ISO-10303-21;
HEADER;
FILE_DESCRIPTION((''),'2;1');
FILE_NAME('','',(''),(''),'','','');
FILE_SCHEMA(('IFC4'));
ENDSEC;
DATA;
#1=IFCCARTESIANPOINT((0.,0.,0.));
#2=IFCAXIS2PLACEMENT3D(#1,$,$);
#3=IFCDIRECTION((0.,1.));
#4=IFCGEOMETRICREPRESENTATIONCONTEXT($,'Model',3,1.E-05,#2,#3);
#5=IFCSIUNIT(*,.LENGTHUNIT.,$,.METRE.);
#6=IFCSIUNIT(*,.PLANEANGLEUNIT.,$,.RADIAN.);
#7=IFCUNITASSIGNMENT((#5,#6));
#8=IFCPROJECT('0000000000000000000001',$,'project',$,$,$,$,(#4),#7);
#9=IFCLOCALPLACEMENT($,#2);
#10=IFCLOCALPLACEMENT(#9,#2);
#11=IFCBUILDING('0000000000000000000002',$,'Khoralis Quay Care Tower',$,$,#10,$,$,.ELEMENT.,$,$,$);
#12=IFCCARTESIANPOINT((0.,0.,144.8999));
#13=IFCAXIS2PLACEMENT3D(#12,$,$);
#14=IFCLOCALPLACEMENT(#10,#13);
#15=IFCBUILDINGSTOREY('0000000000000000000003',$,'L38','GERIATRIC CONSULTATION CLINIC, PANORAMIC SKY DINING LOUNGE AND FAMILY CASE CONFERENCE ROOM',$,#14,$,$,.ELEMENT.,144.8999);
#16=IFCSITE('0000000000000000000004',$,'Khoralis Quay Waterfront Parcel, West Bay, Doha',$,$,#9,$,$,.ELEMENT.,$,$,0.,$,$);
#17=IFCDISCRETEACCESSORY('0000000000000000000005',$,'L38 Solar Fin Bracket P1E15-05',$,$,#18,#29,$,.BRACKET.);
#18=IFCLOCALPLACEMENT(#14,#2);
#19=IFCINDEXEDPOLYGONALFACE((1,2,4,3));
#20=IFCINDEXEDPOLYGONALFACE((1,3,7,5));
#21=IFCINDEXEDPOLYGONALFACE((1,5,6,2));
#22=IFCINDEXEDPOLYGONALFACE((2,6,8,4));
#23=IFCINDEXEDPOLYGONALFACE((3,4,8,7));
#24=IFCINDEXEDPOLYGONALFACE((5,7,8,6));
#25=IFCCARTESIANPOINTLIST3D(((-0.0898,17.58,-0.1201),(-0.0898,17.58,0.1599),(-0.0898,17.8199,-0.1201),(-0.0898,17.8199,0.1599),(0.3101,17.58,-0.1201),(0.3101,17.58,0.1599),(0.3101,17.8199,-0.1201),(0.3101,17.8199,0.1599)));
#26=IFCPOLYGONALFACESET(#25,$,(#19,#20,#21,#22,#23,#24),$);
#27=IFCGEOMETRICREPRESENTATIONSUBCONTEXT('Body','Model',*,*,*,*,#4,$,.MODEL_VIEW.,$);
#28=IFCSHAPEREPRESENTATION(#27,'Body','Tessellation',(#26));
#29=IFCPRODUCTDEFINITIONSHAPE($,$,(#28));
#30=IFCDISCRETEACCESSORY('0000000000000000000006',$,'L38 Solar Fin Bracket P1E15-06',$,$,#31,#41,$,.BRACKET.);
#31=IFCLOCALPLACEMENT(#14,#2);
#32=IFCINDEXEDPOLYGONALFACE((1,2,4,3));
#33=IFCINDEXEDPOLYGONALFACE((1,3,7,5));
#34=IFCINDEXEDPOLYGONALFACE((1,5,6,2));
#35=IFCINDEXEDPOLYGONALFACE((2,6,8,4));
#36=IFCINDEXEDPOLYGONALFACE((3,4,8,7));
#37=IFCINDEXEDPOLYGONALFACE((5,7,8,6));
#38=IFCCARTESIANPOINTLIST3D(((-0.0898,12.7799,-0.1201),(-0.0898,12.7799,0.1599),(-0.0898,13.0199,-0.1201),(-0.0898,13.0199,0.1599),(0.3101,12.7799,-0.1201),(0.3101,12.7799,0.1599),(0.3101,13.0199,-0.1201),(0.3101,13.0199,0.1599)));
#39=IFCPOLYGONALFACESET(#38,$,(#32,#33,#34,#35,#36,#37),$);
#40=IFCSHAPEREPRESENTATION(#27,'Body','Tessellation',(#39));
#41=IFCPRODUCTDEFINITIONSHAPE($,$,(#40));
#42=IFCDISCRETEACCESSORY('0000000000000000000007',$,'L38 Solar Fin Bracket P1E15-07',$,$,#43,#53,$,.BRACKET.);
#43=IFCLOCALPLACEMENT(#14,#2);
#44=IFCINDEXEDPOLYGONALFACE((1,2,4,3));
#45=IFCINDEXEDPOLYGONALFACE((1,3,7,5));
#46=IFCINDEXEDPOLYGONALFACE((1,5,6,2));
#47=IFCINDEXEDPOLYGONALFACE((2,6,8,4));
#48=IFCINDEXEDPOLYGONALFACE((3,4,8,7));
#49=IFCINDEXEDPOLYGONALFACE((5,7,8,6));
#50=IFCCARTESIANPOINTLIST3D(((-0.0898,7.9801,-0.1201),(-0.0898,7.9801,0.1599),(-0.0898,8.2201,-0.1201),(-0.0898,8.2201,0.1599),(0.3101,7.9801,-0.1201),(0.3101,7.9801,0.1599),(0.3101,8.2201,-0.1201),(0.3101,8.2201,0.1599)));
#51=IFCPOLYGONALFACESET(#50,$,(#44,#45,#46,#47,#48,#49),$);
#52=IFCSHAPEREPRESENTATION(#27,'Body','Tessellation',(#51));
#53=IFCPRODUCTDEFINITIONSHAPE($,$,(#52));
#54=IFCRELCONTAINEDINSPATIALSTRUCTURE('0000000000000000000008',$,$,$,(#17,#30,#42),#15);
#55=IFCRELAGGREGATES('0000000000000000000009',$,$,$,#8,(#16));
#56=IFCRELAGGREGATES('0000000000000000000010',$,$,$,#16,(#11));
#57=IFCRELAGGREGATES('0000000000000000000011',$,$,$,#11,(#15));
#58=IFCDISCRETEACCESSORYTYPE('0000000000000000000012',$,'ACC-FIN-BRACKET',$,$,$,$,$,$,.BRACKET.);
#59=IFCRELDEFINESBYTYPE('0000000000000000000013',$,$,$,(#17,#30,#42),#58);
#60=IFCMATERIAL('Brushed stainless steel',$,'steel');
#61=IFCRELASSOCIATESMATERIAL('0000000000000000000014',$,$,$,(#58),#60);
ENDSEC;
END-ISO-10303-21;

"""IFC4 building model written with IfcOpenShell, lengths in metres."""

from ifc_helpers import new_model, si_unit, direction, frame, origin, origin_2d, place, context, subcontext, project, spatial, rectangle, extrude, source, transform, mapped, material, type_object, element, save


model = new_model("IFC4")

# Units and contexts
model_context = context("Model", 3, precision=1e-05, world=origin(), true_north=direction((0.0, 1.0)))
body_context = subcontext(model_context, "Body", "Model", "MODEL_VIEW")
ifc_project = project(units=[si_unit("LENGTHUNIT", "METRE"), si_unit("PLANEANGLEUNIT", "RADIAN")], contexts=[model_context])

# Site, building, storey
site_placement = place(None, origin())
site = spatial("IfcSite", under=ifc_project, at=site_placement, Name="Khoralis Quay Waterfront Parcel, West Bay, Doha", CompositionType="ELEMENT", RefElevation=0.0)
building_placement = place(site_placement, origin())
building = spatial("IfcBuilding", under=site, at=building_placement, Name="Khoralis Quay Care Tower", CompositionType="ELEMENT")
storey_placement = place(building_placement, frame((0.0, 0.0, 144.8999)))
storey = spatial("IfcBuildingStorey", under=building, at=storey_placement, Name="L38", Description="GERIATRIC CONSULTATION CLINIC, PANORAMIC SKY DINING LOUNGE AND FAMILY CASE CONFERENCE ROOM", CompositionType="ELEMENT", Elevation=144.8999)

# Discrete accessories
ifc_material_1 = material(Name="Brushed stainless steel", Category="steel")
discrete_accessory_type = type_object("IfcDiscreteAccessoryType", Name="ACC-FIN-BRACKET", PredefinedType="BRACKET", material=ifc_material_1)
shared_shape_1 = source(origin(), body_context, "Body", "SweptSolid", [
    extrude(rectangle(XDim=0.3999, YDim=0.24, at=origin_2d()), origin(), (0.0, 0.0, 1.0), 0.28),
])
for number, where, z_axis, x_axis, name in (
    (1, (0.1101, 17.7, -0.1201), (0.0, 0.0, 1.0), (-1.0, 0.0, 0.0), "L38 Solar Fin Bracket P1E15-05"),
    (2, (0.1101, 12.8999, -0.1201), (0.0, 0.0, 1.0), (-1.0, 0.0, 0.0), "L38 Solar Fin Bracket P1E15-06"),
    (3, (0.1101, 8.1001, -0.1201), (0.0, 0.0, 1.0), (-1.0, 0.0, 0.0), "L38 Solar Fin Bracket P1E15-07"),
):
    element("IfcDiscreteAccessory", number, at=place(storey_placement, frame(where, z_axis=z_axis, x_axis=x_axis)), inside=storey, type_object=discrete_accessory_type, Name=name, PredefinedType="BRACKET", context=body_context, shape_type="MappedRepresentation", body=[
        mapped(shared_shape_1, transform((0.0, 0.0, 0.0), scale=1.0)),
    ])

save(model, "model.ifc")
